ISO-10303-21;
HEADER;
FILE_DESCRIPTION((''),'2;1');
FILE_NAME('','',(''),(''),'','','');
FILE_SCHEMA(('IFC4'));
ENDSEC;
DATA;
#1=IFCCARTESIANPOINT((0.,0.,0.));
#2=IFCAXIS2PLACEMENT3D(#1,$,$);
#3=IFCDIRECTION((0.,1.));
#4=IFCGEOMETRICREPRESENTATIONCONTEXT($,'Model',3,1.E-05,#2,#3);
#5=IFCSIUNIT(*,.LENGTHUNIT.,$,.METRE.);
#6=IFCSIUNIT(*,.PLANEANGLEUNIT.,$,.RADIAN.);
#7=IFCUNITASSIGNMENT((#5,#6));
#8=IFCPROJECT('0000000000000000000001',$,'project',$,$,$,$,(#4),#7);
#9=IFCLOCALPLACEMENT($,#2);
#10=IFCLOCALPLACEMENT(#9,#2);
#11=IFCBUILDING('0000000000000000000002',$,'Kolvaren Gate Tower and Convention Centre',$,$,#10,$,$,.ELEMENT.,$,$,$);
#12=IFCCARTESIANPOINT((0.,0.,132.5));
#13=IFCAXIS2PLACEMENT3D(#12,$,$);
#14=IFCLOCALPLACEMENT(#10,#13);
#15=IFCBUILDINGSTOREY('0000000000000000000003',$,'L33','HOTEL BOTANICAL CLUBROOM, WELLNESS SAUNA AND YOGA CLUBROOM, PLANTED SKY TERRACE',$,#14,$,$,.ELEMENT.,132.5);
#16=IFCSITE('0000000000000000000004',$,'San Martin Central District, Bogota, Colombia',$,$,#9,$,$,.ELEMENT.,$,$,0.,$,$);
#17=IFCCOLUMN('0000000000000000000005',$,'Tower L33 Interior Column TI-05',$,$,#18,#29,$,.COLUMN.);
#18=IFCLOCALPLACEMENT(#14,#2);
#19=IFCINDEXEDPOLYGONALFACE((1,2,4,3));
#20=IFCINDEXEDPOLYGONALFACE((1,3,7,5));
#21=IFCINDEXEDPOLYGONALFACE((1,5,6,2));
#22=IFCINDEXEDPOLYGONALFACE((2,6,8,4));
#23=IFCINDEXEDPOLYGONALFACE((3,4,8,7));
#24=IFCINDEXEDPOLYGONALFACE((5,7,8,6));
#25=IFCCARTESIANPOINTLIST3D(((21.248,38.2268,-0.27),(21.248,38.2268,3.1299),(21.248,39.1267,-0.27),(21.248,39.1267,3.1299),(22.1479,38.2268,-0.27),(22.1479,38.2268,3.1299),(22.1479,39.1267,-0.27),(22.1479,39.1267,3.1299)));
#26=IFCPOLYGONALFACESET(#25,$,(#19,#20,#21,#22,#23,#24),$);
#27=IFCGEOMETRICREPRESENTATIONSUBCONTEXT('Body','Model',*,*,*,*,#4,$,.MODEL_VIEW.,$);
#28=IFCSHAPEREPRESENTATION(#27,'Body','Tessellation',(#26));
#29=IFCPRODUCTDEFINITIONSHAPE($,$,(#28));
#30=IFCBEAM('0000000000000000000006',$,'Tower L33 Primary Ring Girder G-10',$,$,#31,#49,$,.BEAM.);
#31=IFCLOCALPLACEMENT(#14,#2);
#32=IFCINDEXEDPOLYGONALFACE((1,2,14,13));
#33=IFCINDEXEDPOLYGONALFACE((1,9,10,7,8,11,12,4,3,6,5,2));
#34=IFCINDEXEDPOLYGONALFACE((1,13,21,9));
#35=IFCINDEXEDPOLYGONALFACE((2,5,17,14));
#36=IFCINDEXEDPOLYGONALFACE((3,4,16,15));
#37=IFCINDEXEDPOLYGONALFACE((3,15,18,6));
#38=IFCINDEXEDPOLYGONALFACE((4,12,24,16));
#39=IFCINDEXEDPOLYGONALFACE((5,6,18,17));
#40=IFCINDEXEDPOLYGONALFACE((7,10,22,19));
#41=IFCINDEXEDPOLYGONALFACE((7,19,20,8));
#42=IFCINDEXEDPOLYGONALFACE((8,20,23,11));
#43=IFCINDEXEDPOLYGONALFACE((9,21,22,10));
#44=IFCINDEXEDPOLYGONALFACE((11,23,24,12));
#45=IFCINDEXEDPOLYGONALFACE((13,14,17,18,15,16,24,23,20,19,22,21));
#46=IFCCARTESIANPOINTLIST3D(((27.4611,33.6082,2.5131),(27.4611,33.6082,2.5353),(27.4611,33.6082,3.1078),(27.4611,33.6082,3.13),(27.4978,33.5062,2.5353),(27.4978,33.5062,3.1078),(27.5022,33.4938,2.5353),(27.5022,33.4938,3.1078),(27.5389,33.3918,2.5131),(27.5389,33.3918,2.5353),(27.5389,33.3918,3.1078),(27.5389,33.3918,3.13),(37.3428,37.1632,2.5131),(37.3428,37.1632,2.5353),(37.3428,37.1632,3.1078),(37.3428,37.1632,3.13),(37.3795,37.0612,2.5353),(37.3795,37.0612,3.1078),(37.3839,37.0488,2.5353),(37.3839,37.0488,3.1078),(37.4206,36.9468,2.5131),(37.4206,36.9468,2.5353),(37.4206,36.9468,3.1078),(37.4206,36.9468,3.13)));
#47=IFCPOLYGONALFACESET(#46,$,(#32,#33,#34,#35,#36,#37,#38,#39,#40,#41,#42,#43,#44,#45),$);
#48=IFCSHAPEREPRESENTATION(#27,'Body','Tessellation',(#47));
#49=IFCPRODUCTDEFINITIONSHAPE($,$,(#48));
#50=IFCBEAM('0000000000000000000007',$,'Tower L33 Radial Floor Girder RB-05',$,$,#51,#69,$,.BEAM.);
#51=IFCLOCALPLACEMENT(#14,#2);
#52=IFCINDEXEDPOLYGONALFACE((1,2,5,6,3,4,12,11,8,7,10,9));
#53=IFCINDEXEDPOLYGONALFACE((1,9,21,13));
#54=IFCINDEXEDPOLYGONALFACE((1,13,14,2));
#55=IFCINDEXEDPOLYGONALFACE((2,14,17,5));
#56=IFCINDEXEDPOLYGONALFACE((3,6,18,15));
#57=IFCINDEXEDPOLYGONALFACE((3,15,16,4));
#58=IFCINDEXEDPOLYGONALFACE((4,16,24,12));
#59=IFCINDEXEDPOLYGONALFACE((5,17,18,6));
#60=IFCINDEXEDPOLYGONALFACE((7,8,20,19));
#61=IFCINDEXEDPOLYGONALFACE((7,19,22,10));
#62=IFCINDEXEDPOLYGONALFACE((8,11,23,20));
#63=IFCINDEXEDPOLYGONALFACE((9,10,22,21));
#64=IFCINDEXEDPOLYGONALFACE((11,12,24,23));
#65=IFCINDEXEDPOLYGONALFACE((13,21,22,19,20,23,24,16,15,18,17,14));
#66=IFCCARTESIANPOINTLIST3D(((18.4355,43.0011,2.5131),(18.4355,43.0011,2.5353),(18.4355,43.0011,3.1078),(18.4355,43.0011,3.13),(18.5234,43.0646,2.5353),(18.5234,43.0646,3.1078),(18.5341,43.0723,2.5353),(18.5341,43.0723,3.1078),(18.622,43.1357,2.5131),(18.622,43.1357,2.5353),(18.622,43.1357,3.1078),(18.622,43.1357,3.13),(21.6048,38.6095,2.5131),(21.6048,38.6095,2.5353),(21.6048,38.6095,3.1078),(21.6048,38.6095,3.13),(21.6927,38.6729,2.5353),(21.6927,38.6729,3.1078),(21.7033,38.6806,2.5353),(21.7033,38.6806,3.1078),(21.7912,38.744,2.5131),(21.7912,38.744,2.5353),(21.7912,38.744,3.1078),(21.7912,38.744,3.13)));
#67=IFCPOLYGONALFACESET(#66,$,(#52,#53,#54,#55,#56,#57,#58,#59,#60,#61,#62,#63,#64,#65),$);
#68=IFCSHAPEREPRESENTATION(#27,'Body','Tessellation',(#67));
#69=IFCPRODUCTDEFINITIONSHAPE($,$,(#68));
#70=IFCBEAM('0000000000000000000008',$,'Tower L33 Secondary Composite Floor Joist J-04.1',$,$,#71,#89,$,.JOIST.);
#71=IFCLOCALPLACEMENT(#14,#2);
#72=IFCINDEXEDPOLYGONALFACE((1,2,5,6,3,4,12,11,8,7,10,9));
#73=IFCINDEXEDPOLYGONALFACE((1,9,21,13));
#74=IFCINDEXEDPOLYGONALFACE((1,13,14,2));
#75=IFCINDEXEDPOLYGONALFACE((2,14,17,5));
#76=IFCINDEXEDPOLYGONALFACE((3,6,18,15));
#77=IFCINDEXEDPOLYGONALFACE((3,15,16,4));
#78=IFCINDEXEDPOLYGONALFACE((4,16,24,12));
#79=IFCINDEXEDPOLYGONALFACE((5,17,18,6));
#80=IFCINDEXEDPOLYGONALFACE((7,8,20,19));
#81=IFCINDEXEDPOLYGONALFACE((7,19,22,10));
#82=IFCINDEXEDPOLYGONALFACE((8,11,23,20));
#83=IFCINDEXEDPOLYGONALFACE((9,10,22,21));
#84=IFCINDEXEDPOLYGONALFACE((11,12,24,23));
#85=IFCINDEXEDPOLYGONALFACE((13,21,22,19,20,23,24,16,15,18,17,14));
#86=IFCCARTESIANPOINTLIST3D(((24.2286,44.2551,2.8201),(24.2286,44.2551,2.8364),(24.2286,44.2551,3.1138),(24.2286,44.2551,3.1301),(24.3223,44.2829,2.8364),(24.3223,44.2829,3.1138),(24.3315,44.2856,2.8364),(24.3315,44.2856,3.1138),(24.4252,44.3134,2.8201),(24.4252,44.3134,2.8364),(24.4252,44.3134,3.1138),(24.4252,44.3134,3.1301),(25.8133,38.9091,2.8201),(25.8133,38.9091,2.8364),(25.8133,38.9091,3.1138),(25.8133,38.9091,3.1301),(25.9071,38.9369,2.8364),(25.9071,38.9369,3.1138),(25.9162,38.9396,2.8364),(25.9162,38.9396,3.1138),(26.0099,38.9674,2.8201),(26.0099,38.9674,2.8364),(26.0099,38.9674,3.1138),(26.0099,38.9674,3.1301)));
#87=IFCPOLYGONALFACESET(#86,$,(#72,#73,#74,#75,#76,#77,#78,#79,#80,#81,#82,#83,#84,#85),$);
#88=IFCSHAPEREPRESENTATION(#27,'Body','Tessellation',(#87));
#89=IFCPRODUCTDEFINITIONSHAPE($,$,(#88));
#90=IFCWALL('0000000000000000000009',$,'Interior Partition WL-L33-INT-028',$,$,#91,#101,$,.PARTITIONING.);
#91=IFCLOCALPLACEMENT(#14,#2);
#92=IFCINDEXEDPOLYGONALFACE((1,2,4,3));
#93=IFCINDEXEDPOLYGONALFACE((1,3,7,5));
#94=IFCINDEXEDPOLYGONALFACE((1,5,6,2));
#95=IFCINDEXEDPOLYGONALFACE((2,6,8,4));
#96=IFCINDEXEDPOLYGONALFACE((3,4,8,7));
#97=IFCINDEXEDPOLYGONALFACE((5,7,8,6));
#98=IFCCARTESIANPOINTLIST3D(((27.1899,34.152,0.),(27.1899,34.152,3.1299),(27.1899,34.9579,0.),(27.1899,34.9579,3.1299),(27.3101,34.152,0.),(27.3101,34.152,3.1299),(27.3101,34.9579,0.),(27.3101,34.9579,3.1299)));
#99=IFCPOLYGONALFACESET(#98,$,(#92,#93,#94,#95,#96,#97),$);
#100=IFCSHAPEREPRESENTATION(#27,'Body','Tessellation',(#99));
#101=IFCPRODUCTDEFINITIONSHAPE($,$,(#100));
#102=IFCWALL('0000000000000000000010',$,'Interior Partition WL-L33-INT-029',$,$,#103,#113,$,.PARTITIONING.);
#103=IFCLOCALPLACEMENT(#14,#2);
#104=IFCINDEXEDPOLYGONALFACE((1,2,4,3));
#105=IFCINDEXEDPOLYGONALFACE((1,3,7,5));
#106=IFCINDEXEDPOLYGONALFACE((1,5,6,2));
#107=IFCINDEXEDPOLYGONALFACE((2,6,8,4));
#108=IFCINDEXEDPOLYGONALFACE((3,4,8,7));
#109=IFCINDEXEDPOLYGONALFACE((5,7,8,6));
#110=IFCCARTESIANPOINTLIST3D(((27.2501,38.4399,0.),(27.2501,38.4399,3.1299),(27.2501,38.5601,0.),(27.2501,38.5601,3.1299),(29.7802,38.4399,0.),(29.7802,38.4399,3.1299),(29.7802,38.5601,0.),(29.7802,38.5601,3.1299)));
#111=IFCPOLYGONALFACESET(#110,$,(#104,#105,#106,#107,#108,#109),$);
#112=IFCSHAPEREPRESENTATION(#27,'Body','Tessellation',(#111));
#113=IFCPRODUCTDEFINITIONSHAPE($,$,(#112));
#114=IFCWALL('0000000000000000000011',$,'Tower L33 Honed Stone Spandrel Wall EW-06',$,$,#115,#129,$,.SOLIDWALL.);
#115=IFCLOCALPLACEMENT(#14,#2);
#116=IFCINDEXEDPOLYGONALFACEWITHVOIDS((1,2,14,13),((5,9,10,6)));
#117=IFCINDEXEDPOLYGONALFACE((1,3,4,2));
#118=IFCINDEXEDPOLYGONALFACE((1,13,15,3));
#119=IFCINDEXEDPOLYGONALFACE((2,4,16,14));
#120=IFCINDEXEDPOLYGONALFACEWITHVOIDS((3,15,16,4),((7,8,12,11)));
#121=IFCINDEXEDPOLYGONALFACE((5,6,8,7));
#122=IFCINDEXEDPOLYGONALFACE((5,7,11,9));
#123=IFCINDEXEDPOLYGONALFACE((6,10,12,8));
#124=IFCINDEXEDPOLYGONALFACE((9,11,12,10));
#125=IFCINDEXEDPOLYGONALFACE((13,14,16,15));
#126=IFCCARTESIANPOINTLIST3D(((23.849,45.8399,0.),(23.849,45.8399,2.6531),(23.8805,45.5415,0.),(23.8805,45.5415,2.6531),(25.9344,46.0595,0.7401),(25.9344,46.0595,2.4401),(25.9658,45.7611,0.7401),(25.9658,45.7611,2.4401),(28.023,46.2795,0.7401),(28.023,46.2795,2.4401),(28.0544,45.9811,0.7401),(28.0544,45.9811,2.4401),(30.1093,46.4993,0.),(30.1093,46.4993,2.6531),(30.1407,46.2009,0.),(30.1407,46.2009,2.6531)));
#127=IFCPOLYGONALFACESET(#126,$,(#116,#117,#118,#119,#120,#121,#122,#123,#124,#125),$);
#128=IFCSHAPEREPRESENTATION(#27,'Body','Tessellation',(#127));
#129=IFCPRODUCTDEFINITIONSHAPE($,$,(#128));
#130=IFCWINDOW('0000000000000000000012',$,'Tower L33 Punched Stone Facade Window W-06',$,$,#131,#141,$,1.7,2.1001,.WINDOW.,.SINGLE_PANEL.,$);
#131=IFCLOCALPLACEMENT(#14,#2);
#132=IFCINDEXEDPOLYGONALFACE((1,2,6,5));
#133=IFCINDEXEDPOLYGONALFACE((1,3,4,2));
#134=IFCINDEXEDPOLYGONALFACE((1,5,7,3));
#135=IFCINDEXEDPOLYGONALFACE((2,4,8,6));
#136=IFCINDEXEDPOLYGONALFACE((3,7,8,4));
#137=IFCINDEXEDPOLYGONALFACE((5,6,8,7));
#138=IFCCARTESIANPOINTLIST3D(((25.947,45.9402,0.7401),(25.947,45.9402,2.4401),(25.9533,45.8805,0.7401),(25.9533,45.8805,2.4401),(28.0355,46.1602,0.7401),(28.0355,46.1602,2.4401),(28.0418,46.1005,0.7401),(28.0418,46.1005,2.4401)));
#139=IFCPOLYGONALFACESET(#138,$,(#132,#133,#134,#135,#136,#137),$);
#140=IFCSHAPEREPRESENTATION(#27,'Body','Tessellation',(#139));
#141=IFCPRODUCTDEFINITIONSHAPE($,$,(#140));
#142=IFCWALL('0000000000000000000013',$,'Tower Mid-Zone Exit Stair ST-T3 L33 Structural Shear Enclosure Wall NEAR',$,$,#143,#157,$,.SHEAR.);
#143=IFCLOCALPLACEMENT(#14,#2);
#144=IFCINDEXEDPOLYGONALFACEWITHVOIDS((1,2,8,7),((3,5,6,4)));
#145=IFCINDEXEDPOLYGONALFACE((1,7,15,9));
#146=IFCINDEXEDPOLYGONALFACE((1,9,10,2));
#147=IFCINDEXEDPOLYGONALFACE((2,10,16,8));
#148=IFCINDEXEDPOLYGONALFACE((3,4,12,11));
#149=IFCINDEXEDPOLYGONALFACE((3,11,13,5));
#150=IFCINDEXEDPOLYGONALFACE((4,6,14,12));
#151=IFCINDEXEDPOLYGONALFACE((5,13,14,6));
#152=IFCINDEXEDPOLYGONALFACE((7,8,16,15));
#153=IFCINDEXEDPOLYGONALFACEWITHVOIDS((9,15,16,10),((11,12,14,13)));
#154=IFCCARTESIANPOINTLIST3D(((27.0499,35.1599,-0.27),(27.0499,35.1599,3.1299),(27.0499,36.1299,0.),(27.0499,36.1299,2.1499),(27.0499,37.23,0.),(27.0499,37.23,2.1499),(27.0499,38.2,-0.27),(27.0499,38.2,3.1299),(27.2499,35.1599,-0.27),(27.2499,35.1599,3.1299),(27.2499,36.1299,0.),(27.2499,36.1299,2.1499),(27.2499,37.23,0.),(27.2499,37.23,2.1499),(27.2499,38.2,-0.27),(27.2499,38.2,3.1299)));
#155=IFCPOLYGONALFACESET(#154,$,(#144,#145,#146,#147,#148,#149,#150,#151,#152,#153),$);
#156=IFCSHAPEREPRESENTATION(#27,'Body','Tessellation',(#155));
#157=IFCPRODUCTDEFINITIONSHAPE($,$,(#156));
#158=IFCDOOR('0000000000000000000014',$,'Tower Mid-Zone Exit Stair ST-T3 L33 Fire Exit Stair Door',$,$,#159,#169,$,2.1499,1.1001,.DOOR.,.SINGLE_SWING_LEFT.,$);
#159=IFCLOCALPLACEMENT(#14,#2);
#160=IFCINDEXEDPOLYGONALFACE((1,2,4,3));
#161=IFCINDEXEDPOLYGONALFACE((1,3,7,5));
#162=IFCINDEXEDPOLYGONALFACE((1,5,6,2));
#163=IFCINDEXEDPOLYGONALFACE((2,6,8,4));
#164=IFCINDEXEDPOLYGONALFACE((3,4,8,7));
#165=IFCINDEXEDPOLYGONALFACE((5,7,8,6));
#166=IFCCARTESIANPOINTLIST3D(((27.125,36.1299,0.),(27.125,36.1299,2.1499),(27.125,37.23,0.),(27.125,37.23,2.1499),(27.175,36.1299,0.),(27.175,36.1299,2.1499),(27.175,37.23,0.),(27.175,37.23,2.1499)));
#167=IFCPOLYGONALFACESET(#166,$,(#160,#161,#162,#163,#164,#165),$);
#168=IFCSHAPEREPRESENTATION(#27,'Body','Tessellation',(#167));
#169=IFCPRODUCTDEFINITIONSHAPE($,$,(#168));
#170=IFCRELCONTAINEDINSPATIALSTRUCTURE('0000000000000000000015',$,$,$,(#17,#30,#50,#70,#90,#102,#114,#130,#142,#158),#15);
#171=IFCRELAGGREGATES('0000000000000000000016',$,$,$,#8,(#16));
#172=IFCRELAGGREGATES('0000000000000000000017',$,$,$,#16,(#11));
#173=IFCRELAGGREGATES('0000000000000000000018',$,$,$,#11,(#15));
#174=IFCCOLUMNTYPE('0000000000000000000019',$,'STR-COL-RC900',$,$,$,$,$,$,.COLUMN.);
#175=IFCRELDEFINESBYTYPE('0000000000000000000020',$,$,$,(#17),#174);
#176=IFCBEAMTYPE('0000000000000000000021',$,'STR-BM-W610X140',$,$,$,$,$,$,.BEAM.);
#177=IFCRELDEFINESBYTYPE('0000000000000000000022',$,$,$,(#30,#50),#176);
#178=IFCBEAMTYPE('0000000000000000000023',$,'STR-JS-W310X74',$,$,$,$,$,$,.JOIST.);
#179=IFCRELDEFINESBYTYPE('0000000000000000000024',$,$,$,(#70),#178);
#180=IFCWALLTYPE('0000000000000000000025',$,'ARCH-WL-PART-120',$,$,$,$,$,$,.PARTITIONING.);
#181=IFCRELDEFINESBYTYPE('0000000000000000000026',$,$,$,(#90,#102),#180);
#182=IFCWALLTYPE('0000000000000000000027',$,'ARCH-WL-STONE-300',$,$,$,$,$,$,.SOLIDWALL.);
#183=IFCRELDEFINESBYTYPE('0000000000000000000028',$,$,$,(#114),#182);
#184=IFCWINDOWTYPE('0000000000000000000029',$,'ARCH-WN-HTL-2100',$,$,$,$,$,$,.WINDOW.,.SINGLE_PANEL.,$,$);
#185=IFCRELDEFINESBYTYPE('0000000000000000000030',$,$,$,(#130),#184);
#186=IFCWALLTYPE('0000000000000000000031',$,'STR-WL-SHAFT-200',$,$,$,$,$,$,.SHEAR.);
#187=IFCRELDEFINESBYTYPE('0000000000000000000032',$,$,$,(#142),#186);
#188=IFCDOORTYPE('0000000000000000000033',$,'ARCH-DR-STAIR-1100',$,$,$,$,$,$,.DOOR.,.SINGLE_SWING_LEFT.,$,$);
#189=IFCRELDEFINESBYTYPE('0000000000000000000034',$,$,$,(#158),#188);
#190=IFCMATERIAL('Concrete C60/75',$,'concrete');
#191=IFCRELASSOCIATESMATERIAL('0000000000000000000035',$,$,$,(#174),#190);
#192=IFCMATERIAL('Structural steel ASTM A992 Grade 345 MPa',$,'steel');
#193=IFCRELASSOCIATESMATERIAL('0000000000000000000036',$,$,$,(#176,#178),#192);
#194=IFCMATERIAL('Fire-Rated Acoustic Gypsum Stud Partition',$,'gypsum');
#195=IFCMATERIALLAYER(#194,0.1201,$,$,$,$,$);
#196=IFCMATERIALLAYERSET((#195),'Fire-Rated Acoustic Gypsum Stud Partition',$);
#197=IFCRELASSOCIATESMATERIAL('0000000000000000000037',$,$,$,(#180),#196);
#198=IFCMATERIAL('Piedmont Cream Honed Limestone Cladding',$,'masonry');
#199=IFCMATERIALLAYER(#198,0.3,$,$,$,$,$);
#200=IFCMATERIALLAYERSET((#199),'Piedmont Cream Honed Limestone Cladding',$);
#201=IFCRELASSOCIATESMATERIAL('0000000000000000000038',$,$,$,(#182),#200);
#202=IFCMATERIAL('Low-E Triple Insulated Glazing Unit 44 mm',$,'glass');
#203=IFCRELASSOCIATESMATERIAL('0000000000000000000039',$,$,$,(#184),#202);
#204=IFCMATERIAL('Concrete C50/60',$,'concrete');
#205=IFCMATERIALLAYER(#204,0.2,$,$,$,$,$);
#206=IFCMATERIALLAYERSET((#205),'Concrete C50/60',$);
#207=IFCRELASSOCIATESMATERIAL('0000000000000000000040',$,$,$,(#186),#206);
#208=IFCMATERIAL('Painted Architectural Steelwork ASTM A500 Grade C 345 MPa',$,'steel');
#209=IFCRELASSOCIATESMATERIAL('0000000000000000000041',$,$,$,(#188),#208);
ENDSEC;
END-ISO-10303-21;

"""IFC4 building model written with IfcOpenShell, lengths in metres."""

from ifc_helpers import new_model, si_unit, direction, frame, frame_2d, origin, origin_2d, place, context, subcontext, project, spatial, rectangle, i_section, extrude, material, layer, layer_set, material_profile, profile_set, type_object, element, fill, save


model = new_model("IFC4")

# Units and contexts
model_context = context("Model", 3, precision=1e-05, world=origin(), true_north=direction((0.0, 1.0)))
body_context = subcontext(model_context, "Body", "Model", "MODEL_VIEW")
ifc_project = project(units=[si_unit("LENGTHUNIT", "METRE"), si_unit("PLANEANGLEUNIT", "RADIAN")], contexts=[model_context])

# Site, building, storey
site_placement = place(None, origin())
site = spatial("IfcSite", under=ifc_project, at=site_placement, Name="San Martin Central District, Bogota, Colombia", CompositionType="ELEMENT", RefElevation=0.0)
building_placement = place(site_placement, origin())
building = spatial("IfcBuilding", under=site, at=building_placement, Name="Kolvaren Gate Tower and Convention Centre", CompositionType="ELEMENT")
storey_placement = place(building_placement, frame((0.0, 0.0, 132.5)))
storey = spatial("IfcBuildingStorey", under=building, at=storey_placement, Name="L33", Description="HOTEL BOTANICAL CLUBROOM, WELLNESS SAUNA AND YOGA CLUBROOM, PLANTED SKY TERRACE", CompositionType="ELEMENT", Elevation=132.5)

# Column
ifc_material_1 = material(Name="Concrete C60/75", Category="concrete")
ifc_material_profile_1 = material_profile(ifc_material_1, rectangle(XDim=0.8999, YDim=0.8999, at=origin_2d()), Name="RC-COL-900X900")
ifc_profile_set_1 = profile_set([ifc_material_profile_1], Name="Concrete C60/75")
column_type = type_object("IfcColumnType", Name="STR-COL-RC900", PredefinedType="COLUMN", material=ifc_profile_set_1)
column_placement = place(storey_placement, frame((21.698, 38.6768, -0.27), z_axis=(0.0, 0.0, 1.0), x_axis=(1.0, 0.0, 0.0)))
element("IfcColumn", 1, at=column_placement, inside=storey, type_object=column_type, Name="Tower L33 Interior Column TI-05", PredefinedType="COLUMN", context=body_context, shape_type="SweptSolid", body=[
    extrude(rectangle(XDim=0.8999, YDim=0.8999, at=origin_2d()), origin(), (0.0, 0.0, 1.0), 3.3999),
])

# Beams
ifc_material_2 = material(Name="Structural steel ASTM A992 Grade 345 MPa", Category="steel")
ifc_material_profile_2 = material_profile(ifc_material_2, i_section(OverallWidth=0.23, OverallDepth=0.6169, WebThickness=0.0132, FlangeThickness=0.0222, at=origin_2d()), Name="W610X140")
ifc_profile_set_2 = profile_set([ifc_material_profile_2], Name="Structural steel ASTM A992 Grade 345 MPa")
beam_type_1 = type_object("IfcBeamType", Name="STR-BM-W610X140", PredefinedType="BEAM", material=ifc_profile_set_2)
beam_1_placement = place(storey_placement, frame((27.5, 33.5, 2.8215), z_axis=(0.940961, 0.338514, 0.0), x_axis=(-0.338514, 0.940961, 0.0)))
element("IfcBeam", 2, at=beam_1_placement, inside=storey, type_object=beam_type_1, Name="Tower L33 Primary Ring Girder G-10", PredefinedType="BEAM", context=body_context, shape_type="SweptSolid", body=[
    extrude(i_section(OverallWidth=0.23, OverallDepth=0.6169, WebThickness=0.0132, FlangeThickness=0.0222, at=origin_2d()), origin(), (0.0, 0.0, 1.0), 10.5017),
])
beam_2_placement = place(storey_placement, frame((21.698, 38.6768, 2.8215), z_axis=(-0.585184, 0.8109, 0.0), x_axis=(-0.8109, -0.585184, 0.0)))
element("IfcBeam", 3, at=beam_2_placement, inside=storey, type_object=beam_type_1, Name="Tower L33 Radial Floor Girder RB-05", PredefinedType="BEAM", context=body_context, shape_type="SweptSolid", body=[
    extrude(i_section(OverallWidth=0.23, OverallDepth=0.6169, WebThickness=0.0132, FlangeThickness=0.0222, at=origin_2d()), origin(), (0.0, 0.0, 1.0), 5.4158),
])
ifc_material_profile_3 = material_profile(ifc_material_2, i_section(OverallWidth=0.2051, OverallDepth=0.3101, WebThickness=0.0095, FlangeThickness=0.0164, at=origin_2d()), Name="W310X74")
ifc_profile_set_3 = profile_set([ifc_material_profile_3], Name="Structural steel ASTM A992 Grade 345 MPa")
beam_type_2 = type_object("IfcBeamType", Name="STR-JS-W310X74", PredefinedType="JOIST", material=ifc_profile_set_3)
beam_3_placement = place(storey_placement, frame((25.9116, 38.9382, 2.9751), z_axis=(-0.284209, 0.958762, 0.0), x_axis=(-0.958762, -0.284209, 0.0)))
element("IfcBeam", 4, at=beam_3_placement, inside=storey, type_object=beam_type_2, Name="Tower L33 Secondary Composite Floor Joist J-04.1", PredefinedType="JOIST", context=body_context, shape_type="SweptSolid", body=[
    extrude(i_section(OverallWidth=0.2051, OverallDepth=0.3101, WebThickness=0.0095, FlangeThickness=0.0164, at=origin_2d()), origin(), (0.0, 0.0, 1.0), 5.5759),
])

# Walls
ifc_material_3 = material(Name="Fire-Rated Acoustic Gypsum Stud Partition", Category="gypsum")
ifc_layer_1 = layer(ifc_material_3, 0.1201)
ifc_layer_set_1 = layer_set([ifc_layer_1], Name="Fire-Rated Acoustic Gypsum Stud Partition")
wall_type_1 = type_object("IfcWallType", Name="ARCH-WL-PART-120", PredefinedType="PARTITIONING", material=ifc_layer_set_1)
wall_1_placement = place(storey_placement, frame((27.25, 34.1521, 0.0), z_axis=(0.0, 0.0, 1.0), x_axis=(0.0, 1.0, 0.0)))
element("IfcWall", 5, at=wall_1_placement, inside=storey, type_object=wall_type_1, Name="Interior Partition WL-L33-INT-028", PredefinedType="PARTITIONING", context=body_context, shape_type="SweptSolid", body=[
    extrude(rectangle(XDim=0.8059, YDim=0.1201, at=frame_2d((0.4028, 0.0))), origin(), (0.0, 0.0, 1.0), 3.1299),
])
wall_2_placement = place(storey_placement, frame((27.25, 38.5, 0.0), z_axis=(0.0, 0.0, 1.0), x_axis=(1.0, 0.0, 0.0)))
element("IfcWall", 6, at=wall_2_placement, inside=storey, type_object=wall_type_1, Name="Interior Partition WL-L33-INT-029", PredefinedType="PARTITIONING", context=body_context, shape_type="SweptSolid", body=[
    extrude(rectangle(XDim=2.53, YDim=0.1201, at=frame_2d((1.2651, 0.0))), origin(), (0.0, 0.0, 1.0), 3.1299),
])

# Wall, opening, window
ifc_material_4 = material(Name="Piedmont Cream Honed Limestone Cladding", Category="masonry")
ifc_layer_2 = layer(ifc_material_4, 0.3)
ifc_layer_set_2 = layer_set([ifc_layer_2], Name="Piedmont Cream Honed Limestone Cladding")
wall_type_2 = type_object("IfcWallType", Name="ARCH-WL-STONE-300", PredefinedType="SOLIDWALL", material=ifc_layer_set_2)
wall_3_placement = place(storey_placement, frame((23.8647, 45.6907, 0.0), z_axis=(0.0, 0.0, 1.0), x_axis=(0.994498, 0.104755, 0.0)))
wall_3 = element("IfcWall", 7, at=wall_3_placement, inside=storey, type_object=wall_type_2, Name="Tower L33 Honed Stone Spandrel Wall EW-06", PredefinedType="SOLIDWALL", context=body_context, shape_type="SweptSolid", body=[
    extrude(rectangle(XDim=6.2949, YDim=0.3, at=frame_2d((3.1475, 0.0))), origin(), (0.0, 0.0, 1.0), 2.6531),
])
opening_1_placement = place(wall_3_placement, frame((2.0969, 0.0, 0.74)))
opening_1 = element("IfcOpeningElement", 8, at=opening_1_placement, cuts=wall_3, PredefinedType="OPENING", context=body_context, shape_type="SweptSolid", body=[
    extrude(rectangle(XDim=2.1001, YDim=1.7, at=frame_2d((1.05, 0.8501))), frame((0.0, 0.1599, 0.0), z_axis=(0.0, -1.0, 0.0), x_axis=(1.0, 0.0, 0.0)), (0.0, 0.0, 1.0), 0.3201),
])
ifc_material_5 = material(Name="Low-E Triple Insulated Glazing Unit 44 mm", Category="glass")
window_type = type_object("IfcWindowType", Name="ARCH-WN-HTL-2100", PartitioningType="SINGLE_PANEL", PredefinedType="WINDOW", material=ifc_material_5)
window_placement = place(opening_1_placement, origin())
window = element("IfcWindow", 9, at=window_placement, inside=storey, type_object=window_type, Name="Tower L33 Punched Stone Facade Window W-06", OverallHeight=1.7, OverallWidth=2.1001, PartitioningType="SINGLE_PANEL", PredefinedType="WINDOW", context=body_context, shape_type="SweptSolid", body=[
    extrude(rectangle(XDim=2.1001, YDim=1.7, at=frame_2d((1.05, 0.8501))), frame((0.0, 0.03, 0.0), z_axis=(0.0, -1.0, 0.0), x_axis=(1.0, 0.0, 0.0)), (0.0, 0.0, 1.0), 0.0601),
])
fill(opening_1, window)

# Wall, opening, door
ifc_material_6 = material(Name="Concrete C50/60", Category="concrete")
ifc_layer_3 = layer(ifc_material_6, 0.2)
ifc_layer_set_3 = layer_set([ifc_layer_3], Name="Concrete C50/60")
wall_type_3 = type_object("IfcWallType", Name="STR-WL-SHAFT-200", PredefinedType="SHEAR", material=ifc_layer_set_3)
wall_4_placement = place(storey_placement, frame((27.1499, 35.1599, -0.27), z_axis=(0.0, 0.0, 1.0), x_axis=(0.0, 1.0, 0.0)))
wall_4 = element("IfcWall", 10, at=wall_4_placement, inside=storey, type_object=wall_type_3, Name="Tower Mid-Zone Exit Stair ST-T3 L33 Structural Shear Enclosure Wall NEAR", PredefinedType="SHEAR", context=body_context, shape_type="SweptSolid", body=[
    extrude(rectangle(XDim=3.04, YDim=0.2, at=frame_2d((1.52, 0.0))), origin(), (0.0, 0.0, 1.0), 3.3999),
])
opening_2_placement = place(wall_4_placement, frame((0.97, 0.0, 0.27)))
opening_2 = element("IfcOpeningElement", 11, at=opening_2_placement, cuts=wall_4, PredefinedType="OPENING", context=body_context, shape_type="SweptSolid", body=[
    extrude(rectangle(XDim=1.1001, YDim=2.1499, at=frame_2d((0.55, 1.075))), frame((0.0, 0.1099, 0.0), z_axis=(0.0, -1.0, 0.0), x_axis=(1.0, 0.0, 0.0)), (0.0, 0.0, 1.0), 0.22),
])
ifc_material_7 = material(Name="Painted Architectural Steelwork ASTM A500 Grade C 345 MPa", Category="steel")
door_type = type_object("IfcDoorType", Name="ARCH-DR-STAIR-1100", OperationType="SINGLE_SWING_LEFT", PredefinedType="DOOR", material=ifc_material_7)
door_placement = place(opening_2_placement, origin())
door = element("IfcDoor", 12, at=door_placement, inside=storey, type_object=door_type, Name="Tower Mid-Zone Exit Stair ST-T3 L33 Fire Exit Stair Door", OperationType="SINGLE_SWING_LEFT", OverallHeight=2.1499, OverallWidth=1.1001, PredefinedType="DOOR", context=body_context, shape_type="SweptSolid", body=[
    extrude(rectangle(XDim=1.1001, YDim=2.1499, at=frame_2d((0.55, 1.075))), frame((0.0, 0.0249, 0.0), z_axis=(0.0, -1.0, 0.0), x_axis=(1.0, 0.0, 0.0)), (0.0, 0.0, 1.0), 0.05),
])
fill(opening_2, door)

save(model, "model.ifc")
